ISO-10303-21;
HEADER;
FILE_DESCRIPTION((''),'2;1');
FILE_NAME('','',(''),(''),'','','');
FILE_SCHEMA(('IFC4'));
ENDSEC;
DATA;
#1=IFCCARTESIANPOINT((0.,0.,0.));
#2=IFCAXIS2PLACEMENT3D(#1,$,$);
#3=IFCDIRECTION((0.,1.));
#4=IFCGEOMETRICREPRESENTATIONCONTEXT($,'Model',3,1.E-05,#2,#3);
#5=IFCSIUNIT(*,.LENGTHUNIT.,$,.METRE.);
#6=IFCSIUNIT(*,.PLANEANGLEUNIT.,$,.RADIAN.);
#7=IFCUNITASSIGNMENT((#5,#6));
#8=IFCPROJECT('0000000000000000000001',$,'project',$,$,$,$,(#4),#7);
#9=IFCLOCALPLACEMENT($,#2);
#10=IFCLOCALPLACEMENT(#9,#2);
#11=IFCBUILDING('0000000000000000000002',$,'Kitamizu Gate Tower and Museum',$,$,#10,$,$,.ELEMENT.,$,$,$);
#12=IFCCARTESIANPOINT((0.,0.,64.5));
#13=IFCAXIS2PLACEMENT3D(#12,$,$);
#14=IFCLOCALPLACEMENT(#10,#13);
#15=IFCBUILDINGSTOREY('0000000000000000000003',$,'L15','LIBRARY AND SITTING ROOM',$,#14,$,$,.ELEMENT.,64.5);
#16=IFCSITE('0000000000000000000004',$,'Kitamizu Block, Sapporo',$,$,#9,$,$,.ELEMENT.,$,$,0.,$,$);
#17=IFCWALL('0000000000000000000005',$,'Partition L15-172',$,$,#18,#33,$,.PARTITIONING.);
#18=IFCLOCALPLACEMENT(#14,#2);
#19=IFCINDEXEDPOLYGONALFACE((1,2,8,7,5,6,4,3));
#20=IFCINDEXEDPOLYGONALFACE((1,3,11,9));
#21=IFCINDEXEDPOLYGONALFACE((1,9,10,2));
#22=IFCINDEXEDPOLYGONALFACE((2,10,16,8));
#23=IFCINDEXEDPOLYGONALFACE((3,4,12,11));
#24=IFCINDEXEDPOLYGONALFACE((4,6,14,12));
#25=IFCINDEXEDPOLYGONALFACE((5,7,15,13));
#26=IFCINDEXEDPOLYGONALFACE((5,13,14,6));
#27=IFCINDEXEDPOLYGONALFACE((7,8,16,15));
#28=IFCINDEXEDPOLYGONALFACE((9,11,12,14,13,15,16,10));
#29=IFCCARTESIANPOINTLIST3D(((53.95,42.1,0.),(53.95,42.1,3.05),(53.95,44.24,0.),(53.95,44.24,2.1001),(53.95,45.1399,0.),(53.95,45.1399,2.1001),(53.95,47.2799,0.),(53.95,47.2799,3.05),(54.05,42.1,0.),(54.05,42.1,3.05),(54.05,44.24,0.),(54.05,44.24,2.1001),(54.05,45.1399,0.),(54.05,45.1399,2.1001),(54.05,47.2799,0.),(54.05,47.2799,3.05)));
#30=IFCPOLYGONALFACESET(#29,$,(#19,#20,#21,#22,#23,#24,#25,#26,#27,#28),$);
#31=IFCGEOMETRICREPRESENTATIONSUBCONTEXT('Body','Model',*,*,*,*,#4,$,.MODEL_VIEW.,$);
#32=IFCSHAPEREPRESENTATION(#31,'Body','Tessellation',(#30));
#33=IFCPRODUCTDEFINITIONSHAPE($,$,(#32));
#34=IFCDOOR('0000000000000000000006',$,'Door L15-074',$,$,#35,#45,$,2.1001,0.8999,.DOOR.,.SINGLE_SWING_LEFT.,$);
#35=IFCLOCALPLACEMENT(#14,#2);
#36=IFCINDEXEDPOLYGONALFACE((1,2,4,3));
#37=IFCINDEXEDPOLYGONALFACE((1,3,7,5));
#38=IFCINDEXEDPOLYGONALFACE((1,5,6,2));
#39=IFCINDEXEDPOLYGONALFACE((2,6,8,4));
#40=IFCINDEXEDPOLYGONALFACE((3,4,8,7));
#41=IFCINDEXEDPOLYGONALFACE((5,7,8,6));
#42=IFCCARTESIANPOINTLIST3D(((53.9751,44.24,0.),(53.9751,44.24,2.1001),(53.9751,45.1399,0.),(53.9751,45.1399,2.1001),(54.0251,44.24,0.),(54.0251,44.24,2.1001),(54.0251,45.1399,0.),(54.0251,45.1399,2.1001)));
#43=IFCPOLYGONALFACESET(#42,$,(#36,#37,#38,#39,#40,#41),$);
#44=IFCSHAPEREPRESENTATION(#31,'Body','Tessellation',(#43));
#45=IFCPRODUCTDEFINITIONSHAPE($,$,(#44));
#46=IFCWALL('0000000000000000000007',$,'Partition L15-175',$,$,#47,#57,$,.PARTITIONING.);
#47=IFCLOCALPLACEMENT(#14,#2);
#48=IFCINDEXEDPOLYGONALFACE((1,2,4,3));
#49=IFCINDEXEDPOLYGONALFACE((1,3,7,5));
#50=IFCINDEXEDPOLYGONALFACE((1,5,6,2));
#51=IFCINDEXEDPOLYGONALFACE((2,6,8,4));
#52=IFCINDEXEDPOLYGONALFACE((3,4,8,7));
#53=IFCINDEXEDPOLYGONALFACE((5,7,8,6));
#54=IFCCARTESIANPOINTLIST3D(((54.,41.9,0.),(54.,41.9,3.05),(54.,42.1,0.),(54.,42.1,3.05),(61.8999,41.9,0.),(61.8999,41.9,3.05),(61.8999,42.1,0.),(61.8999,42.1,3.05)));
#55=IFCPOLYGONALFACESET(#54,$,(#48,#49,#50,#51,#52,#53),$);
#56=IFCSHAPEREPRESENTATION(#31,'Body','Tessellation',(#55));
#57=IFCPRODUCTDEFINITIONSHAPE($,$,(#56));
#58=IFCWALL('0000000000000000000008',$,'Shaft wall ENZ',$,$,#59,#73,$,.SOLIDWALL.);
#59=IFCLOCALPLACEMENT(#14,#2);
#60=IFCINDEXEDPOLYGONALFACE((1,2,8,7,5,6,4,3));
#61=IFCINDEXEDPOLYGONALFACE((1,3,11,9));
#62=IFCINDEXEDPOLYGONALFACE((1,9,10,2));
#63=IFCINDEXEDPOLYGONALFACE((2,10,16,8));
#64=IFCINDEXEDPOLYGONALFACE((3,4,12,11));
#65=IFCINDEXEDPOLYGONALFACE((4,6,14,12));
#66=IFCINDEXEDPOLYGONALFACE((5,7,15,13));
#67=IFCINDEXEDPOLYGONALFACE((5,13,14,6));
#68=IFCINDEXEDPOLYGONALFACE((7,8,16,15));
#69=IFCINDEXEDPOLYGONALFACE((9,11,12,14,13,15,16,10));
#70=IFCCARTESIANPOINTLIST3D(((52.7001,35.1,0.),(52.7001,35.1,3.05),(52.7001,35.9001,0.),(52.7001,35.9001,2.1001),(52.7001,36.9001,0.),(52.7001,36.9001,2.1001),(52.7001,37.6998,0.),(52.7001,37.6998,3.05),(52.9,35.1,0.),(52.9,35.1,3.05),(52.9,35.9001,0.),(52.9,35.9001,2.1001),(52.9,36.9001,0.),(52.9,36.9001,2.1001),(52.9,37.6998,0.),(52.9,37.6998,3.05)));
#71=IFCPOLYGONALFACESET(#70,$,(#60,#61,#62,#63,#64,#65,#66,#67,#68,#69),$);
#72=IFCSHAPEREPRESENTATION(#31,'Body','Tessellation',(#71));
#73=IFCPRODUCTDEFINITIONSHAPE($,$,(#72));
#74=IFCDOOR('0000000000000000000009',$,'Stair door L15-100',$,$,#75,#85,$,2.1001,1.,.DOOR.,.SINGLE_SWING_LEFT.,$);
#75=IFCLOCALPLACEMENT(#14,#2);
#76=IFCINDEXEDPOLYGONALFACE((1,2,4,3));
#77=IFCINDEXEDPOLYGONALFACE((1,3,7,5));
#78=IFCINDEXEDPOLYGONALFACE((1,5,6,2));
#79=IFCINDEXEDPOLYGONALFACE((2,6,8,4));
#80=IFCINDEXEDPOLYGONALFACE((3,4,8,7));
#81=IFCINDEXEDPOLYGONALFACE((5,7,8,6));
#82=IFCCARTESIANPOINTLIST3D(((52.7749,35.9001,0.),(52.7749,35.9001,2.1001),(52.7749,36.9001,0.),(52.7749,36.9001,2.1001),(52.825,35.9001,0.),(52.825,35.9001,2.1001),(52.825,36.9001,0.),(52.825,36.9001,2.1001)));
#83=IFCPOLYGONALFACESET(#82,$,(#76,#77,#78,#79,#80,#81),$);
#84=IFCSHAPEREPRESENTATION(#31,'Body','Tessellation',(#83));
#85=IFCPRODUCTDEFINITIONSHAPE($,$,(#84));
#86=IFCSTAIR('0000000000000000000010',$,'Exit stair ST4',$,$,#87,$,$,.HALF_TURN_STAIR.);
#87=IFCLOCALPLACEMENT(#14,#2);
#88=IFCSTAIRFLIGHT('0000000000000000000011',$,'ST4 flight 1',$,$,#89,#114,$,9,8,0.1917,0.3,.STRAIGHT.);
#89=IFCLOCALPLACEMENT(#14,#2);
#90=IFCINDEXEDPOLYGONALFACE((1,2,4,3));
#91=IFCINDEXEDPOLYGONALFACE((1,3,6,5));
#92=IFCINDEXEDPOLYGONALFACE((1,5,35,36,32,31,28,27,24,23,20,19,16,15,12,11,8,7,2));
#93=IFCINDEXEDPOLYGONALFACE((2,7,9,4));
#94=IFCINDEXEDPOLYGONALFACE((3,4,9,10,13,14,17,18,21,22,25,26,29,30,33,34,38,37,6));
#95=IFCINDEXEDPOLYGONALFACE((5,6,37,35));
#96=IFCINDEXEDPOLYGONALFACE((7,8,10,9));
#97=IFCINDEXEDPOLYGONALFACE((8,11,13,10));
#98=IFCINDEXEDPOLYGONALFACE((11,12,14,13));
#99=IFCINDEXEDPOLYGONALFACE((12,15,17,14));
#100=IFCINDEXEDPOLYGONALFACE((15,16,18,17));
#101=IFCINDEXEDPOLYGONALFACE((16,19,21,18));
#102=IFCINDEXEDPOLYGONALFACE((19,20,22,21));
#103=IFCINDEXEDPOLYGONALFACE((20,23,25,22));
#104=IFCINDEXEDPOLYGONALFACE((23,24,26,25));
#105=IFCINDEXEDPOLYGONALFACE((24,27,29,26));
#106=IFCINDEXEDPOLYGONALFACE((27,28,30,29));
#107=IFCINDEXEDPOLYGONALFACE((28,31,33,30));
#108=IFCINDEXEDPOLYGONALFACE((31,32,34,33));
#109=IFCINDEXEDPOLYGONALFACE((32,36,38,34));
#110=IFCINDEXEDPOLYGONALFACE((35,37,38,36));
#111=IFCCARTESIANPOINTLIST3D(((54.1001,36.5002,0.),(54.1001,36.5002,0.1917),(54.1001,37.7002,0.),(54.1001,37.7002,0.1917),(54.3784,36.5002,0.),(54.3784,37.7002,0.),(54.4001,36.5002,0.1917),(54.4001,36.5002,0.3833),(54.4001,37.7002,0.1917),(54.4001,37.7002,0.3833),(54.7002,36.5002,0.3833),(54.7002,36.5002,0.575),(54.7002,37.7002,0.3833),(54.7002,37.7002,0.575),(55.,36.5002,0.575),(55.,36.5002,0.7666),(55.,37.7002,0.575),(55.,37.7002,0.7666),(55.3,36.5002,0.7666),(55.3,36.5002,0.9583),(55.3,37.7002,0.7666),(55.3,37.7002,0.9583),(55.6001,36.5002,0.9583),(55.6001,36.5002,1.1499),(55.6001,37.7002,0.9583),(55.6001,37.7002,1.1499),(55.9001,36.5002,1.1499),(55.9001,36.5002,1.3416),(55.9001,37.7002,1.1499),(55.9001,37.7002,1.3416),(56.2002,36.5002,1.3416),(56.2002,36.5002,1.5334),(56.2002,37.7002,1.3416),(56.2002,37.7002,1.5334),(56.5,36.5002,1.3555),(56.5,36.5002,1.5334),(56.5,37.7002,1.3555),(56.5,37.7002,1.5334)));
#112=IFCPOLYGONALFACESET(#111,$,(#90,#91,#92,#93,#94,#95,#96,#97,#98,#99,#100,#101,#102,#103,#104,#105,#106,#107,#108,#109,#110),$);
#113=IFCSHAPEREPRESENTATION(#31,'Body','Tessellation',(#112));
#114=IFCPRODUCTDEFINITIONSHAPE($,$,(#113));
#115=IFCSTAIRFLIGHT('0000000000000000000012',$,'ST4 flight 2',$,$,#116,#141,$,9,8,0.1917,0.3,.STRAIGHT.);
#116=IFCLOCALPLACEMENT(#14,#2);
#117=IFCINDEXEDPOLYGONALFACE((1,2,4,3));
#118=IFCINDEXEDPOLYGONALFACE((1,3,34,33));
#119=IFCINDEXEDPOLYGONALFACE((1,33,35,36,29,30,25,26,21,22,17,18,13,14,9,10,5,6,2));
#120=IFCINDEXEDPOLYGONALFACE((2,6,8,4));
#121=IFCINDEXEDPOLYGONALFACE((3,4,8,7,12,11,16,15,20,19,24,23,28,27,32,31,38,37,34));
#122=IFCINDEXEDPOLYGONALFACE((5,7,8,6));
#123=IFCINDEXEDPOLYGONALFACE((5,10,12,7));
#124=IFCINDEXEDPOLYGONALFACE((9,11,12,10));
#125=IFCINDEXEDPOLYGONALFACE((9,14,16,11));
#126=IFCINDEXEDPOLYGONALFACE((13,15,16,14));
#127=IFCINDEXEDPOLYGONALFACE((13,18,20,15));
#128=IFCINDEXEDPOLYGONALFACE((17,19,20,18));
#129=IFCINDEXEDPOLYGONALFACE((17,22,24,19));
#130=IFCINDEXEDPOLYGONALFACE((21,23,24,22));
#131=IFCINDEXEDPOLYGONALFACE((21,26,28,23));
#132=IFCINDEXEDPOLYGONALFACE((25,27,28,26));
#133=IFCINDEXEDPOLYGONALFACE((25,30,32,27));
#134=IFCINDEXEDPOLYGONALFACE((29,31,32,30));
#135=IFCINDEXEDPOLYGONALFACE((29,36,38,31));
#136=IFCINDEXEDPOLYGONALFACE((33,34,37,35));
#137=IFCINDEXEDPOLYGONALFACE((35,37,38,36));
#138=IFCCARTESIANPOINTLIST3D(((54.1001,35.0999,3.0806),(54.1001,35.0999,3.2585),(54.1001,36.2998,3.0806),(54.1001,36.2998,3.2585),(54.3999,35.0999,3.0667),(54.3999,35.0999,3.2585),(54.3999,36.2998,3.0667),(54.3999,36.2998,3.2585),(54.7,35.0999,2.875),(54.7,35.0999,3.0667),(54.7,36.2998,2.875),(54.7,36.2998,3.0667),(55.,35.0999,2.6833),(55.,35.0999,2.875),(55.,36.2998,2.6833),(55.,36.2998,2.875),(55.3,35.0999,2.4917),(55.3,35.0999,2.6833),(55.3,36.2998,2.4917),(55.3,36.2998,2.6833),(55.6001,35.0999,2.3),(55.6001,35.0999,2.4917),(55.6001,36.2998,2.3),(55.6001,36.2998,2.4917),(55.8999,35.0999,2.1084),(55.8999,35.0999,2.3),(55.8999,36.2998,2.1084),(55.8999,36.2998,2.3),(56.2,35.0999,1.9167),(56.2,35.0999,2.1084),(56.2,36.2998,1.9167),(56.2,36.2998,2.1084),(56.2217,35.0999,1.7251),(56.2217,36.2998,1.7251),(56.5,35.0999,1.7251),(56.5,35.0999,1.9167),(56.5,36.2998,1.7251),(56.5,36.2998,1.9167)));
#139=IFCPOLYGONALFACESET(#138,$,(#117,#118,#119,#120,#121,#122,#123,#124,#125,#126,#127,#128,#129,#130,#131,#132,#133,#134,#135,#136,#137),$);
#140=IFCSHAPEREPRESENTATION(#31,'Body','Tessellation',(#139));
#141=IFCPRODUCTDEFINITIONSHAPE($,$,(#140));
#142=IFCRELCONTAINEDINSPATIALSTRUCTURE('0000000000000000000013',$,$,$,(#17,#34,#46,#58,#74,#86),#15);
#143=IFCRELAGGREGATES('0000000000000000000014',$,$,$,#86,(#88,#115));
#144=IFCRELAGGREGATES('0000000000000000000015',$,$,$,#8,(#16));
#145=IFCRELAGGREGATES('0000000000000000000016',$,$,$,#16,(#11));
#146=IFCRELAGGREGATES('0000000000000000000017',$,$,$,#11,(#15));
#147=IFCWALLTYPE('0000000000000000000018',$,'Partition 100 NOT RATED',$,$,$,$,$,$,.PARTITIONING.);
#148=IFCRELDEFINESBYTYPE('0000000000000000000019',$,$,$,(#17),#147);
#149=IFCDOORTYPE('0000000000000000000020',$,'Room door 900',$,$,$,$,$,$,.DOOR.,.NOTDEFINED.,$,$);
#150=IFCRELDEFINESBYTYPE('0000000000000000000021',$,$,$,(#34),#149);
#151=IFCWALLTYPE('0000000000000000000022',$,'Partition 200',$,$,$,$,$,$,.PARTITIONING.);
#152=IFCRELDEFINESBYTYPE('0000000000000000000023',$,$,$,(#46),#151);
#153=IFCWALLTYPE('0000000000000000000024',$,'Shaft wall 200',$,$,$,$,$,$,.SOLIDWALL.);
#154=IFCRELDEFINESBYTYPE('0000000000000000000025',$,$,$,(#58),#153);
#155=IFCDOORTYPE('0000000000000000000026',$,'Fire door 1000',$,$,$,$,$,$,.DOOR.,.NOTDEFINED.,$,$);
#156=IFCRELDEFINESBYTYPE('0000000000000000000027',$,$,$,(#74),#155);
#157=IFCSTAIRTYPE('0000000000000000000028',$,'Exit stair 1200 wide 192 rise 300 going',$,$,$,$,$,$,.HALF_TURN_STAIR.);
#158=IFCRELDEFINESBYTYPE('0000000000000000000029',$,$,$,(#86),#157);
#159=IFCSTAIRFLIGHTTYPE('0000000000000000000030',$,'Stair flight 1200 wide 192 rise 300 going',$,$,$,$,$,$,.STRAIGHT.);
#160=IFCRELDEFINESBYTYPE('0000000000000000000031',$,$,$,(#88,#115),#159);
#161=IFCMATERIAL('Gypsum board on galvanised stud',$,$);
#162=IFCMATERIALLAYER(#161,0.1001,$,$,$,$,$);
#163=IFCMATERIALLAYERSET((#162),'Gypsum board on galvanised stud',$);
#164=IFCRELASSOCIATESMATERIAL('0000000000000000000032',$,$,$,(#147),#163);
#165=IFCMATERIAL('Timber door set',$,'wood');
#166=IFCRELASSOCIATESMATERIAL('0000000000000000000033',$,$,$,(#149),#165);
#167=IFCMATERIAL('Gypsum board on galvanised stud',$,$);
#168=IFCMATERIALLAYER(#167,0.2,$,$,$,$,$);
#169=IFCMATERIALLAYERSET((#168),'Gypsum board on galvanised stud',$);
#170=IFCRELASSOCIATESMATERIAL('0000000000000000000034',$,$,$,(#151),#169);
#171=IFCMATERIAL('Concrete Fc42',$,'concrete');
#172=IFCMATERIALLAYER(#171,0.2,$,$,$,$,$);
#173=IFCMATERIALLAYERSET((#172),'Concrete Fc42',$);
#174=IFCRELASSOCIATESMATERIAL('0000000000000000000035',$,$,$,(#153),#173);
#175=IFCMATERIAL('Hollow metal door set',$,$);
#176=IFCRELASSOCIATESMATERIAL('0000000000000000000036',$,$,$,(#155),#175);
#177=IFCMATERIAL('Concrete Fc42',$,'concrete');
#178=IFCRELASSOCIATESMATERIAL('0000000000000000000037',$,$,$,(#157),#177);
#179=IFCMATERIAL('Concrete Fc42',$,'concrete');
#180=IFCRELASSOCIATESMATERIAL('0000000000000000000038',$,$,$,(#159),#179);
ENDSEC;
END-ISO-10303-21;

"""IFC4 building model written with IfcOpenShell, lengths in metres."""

from ifc_helpers import new_model, si_unit, direction, frame, frame_2d, origin, place, context, subcontext, project, spatial, polyline, rectangle, outline, extrude, material, layer, layer_set, type_object, element, fill, aggregate, save


model = new_model("IFC4")

# Units and contexts
model_context = context("Model", 3, precision=1e-05, world=origin(), true_north=direction((0.0, 1.0)))
body_context = subcontext(model_context, "Body", "Model", "MODEL_VIEW")
ifc_project = project(units=[si_unit("LENGTHUNIT", "METRE"), si_unit("PLANEANGLEUNIT", "RADIAN")], contexts=[model_context])

# Site, building, storey
site_placement = place(None, origin())
site = spatial("IfcSite", under=ifc_project, at=site_placement, Name="Kitamizu Block, Sapporo", CompositionType="ELEMENT", RefElevation=0.0)
building_placement = place(site_placement, origin())
building = spatial("IfcBuilding", under=site, at=building_placement, Name="Kitamizu Gate Tower and Museum", CompositionType="ELEMENT")
storey_placement = place(building_placement, frame((0.0, 0.0, 64.5)))
storey = spatial("IfcBuildingStorey", under=building, at=storey_placement, Name="L15", Description="LIBRARY AND SITTING ROOM", CompositionType="ELEMENT", Elevation=64.5)

# Wall, opening, door
ifc_material_1 = material(Name="Gypsum board on galvanised stud")
ifc_layer_1 = layer(ifc_material_1, 0.1001)
ifc_layer_set_1 = layer_set([ifc_layer_1], Name="Gypsum board on galvanised stud")
wall_type_1 = type_object("IfcWallType", Name="Partition 100 NOT RATED", PredefinedType="PARTITIONING", material=ifc_layer_set_1)
ifc_material_2 = material(Name="Timber door set", Category="wood")
door_type_1 = type_object("IfcDoorType", Name="Room door 900", OperationType="NOTDEFINED", PredefinedType="DOOR", material=ifc_material_2)
wall_1_placement = place(storey_placement, frame((54.0, 42.1001, 0.0), z_axis=(0.0, 0.0, 1.0), x_axis=(0.0, 1.0, 0.0)))
wall_1 = element("IfcWall", 1, at=wall_1_placement, inside=storey, type_object=wall_type_1, Name="Partition L15-172", PredefinedType="PARTITIONING", context=body_context, shape_type="SweptSolid", body=[
    extrude(rectangle(XDim=5.1799, YDim=0.1001, at=frame_2d((2.5898, 0.0))), origin(), (0.0, 0.0, 1.0), 3.05),
])
opening_1_placement = place(wall_1_placement, frame((2.1399, 0.0, 0.0)))
opening_1 = element("IfcOpeningElement", 2, at=opening_1_placement, cuts=wall_1, PredefinedType="OPENING", context=body_context, shape_type="SweptSolid", body=[
    extrude(rectangle(XDim=0.8999, YDim=2.1001, at=frame_2d((0.45, 1.05))), frame((0.0, 0.0601, 0.0), z_axis=(0.0, -1.0, 0.0), x_axis=(1.0, 0.0, 0.0)), (0.0, 0.0, 1.0), 0.1201),
])
door_1_placement = place(opening_1_placement, origin())
door_1 = element("IfcDoor", 3, at=door_1_placement, inside=storey, type_object=door_type_1, Name="Door L15-074", OperationType="SINGLE_SWING_LEFT", OverallHeight=2.1001, OverallWidth=0.8999, PredefinedType="DOOR", context=body_context, shape_type="SweptSolid", body=[
    extrude(rectangle(XDim=0.8999, YDim=2.1001, at=frame_2d((0.45, 1.05))), frame((0.0, 0.0249, 0.0), z_axis=(0.0, -1.0, 0.0), x_axis=(1.0, 0.0, 0.0)), (0.0, 0.0, 1.0), 0.05),
])
fill(opening_1, door_1)

# Wall
ifc_material_3 = material(Name="Gypsum board on galvanised stud")
ifc_layer_2 = layer(ifc_material_3, 0.2)
ifc_layer_set_2 = layer_set([ifc_layer_2], Name="Gypsum board on galvanised stud")
wall_type_2 = type_object("IfcWallType", Name="Partition 200", PredefinedType="PARTITIONING", material=ifc_layer_set_2)
wall_2_placement = place(storey_placement, frame((54.0, 42.0, 0.0), z_axis=(0.0, 0.0, 1.0), x_axis=(1.0, 0.0, 0.0)))
element("IfcWall", 4, at=wall_2_placement, inside=storey, type_object=wall_type_2, Name="Partition L15-175", PredefinedType="PARTITIONING", context=body_context, shape_type="SweptSolid", body=[
    extrude(rectangle(XDim=7.8999, YDim=0.2, at=frame_2d((3.95, 0.0))), origin(), (0.0, 0.0, 1.0), 3.05),
])

# Wall, opening, door
ifc_material_4 = material(Name="Concrete Fc42", Category="concrete")
ifc_layer_3 = layer(ifc_material_4, 0.2)
ifc_layer_set_3 = layer_set([ifc_layer_3], Name="Concrete Fc42")
wall_type_3 = type_object("IfcWallType", Name="Shaft wall 200", PredefinedType="SOLIDWALL", material=ifc_layer_set_3)
wall_3_placement = place(storey_placement, frame((52.8, 35.1001, 0.0), z_axis=(0.0, 0.0, 1.0), x_axis=(0.0, 1.0, 0.0)))
wall_3 = element("IfcWall", 5, at=wall_3_placement, inside=storey, type_object=wall_type_3, Name="Shaft wall ENZ", PredefinedType="SOLIDWALL", context=body_context, shape_type="SweptSolid", body=[
    extrude(rectangle(XDim=2.5999, YDim=0.2, at=frame_2d((1.2998, 0.0))), origin(), (0.0, 0.0, 1.0), 3.05),
])
opening_2_placement = place(wall_3_placement, frame((0.8, 0.0, 0.0)))
opening_2 = element("IfcOpeningElement", 6, at=opening_2_placement, cuts=wall_3, PredefinedType="OPENING", context=body_context, shape_type="SweptSolid", body=[
    extrude(rectangle(XDim=1.0, YDim=2.1001, at=frame_2d((0.5, 1.05))), frame((0.0, 0.1099, 0.0), z_axis=(0.0, -1.0, 0.0), x_axis=(1.0, 0.0, 0.0)), (0.0, 0.0, 1.0), 0.22),
])
ifc_material_5 = material(Name="Hollow metal door set")
door_type_2 = type_object("IfcDoorType", Name="Fire door 1000", OperationType="NOTDEFINED", PredefinedType="DOOR", material=ifc_material_5)
door_2_placement = place(opening_2_placement, frame((1.0, 0.0, 0.0), x_axis=(-1.0, 0.0, 0.0)))
door_2 = element("IfcDoor", 7, at=door_2_placement, inside=storey, type_object=door_type_2, Name="Stair door L15-100", OperationType="SINGLE_SWING_LEFT", OverallHeight=2.1001, OverallWidth=1.0, PredefinedType="DOOR", context=body_context, shape_type="SweptSolid", body=[
    extrude(rectangle(XDim=1.0, YDim=2.1001, at=frame_2d((0.5, 1.05))), frame((0.0, 0.0249, 0.0), z_axis=(0.0, -1.0, 0.0), x_axis=(1.0, 0.0, 0.0)), (0.0, 0.0, 1.0), 0.05),
])
fill(opening_2, door_2)

# Stair, stair flights
ifc_material_6 = material(Name="Concrete Fc42", Category="concrete")
stair_type = type_object("IfcStairType", Name="Exit stair 1200 wide 192 rise 300 going", PredefinedType="HALF_TURN_STAIR", material=ifc_material_6)
stair_placement = place(storey_placement, origin())
stair = element("IfcStair", 8, at=stair_placement, inside=storey, type_object=stair_type, Name="Exit stair ST4", PredefinedType="HALF_TURN_STAIR")
ifc_material_7 = material(Name="Concrete Fc42", Category="concrete")
stair_flight_type = type_object("IfcStairFlightType", Name="Stair flight 1200 wide 192 rise 300 going", PredefinedType="STRAIGHT", material=ifc_material_7)
stair_flight_1_placement = place(storey_placement, frame((54.1001, 37.1001, 0.0), z_axis=(0.0, 0.0, 1.0), x_axis=(1.0, 0.0, 0.0)))
stair_flight_1 = element("IfcStairFlight", 9, at=stair_flight_1_placement, type_object=stair_flight_type, Name="ST4 flight 1", NumberOfRisers=9, NumberOfTreads=8, PredefinedType="STRAIGHT", RiserHeight=0.1917, TreadLength=0.3, context=body_context, shape_type="SweptSolid", body=[
    extrude(outline(polyline([(0.0, 0.0), (0.0, 0.1917), (0.3, 0.1917), (0.3, 0.3833), (0.6001, 0.3833), (0.6001, 0.575), (0.8999, 0.575), (0.8999, 0.7666), (1.2, 0.7666), (1.2, 0.9583), (1.5, 0.9583), (1.5, 1.1499), (1.8, 1.1499), (1.8, 1.3416), (2.1001, 1.3416), (2.1001, 1.5334), (2.3999, 1.5334), (2.3999, 1.7251), (2.3999, 1.3555), (0.2783, 0.0), (0.0, 0.0)])), frame((0.0, 0.6001, 0.0), z_axis=(0.0, -1.0, 0.0), x_axis=(1.0, 0.0, 0.0)), (0.0, 0.0, 1.0), 1.2),
])
stair_flight_2_placement = place(storey_placement, frame((56.5, 35.7, 1.7251), z_axis=(0.0, 0.0, 1.0), x_axis=(-1.0, 0.0, 0.0)))
stair_flight_2 = element("IfcStairFlight", 10, at=stair_flight_2_placement, type_object=stair_flight_type, Name="ST4 flight 2", NumberOfRisers=9, NumberOfTreads=8, PredefinedType="STRAIGHT", RiserHeight=0.1917, TreadLength=0.3, context=body_context, shape_type="SweptSolid", body=[
    extrude(outline(polyline([(0.0, 0.0), (0.0, 0.1917), (0.3, 0.1917), (0.3, 0.3833), (0.6001, 0.3833), (0.6001, 0.575), (0.8999, 0.575), (0.8999, 0.7666), (1.2, 0.7666), (1.2, 0.9583), (1.5, 0.9583), (1.5, 1.1499), (1.8, 1.1499), (1.8, 1.3416), (2.1001, 1.3416), (2.1001, 1.5334), (2.3999, 1.5334), (2.3999, 1.7251), (2.3999, 1.3555), (0.2783, 0.0), (0.0, 0.0)])), frame((0.0, 0.6001, 0.0), z_axis=(0.0, -1.0, 0.0), x_axis=(1.0, 0.0, 0.0)), (0.0, 0.0, 1.0), 1.2),
])
aggregate(stair, [stair_flight_1, stair_flight_2])

save(model, "model.ifc")
